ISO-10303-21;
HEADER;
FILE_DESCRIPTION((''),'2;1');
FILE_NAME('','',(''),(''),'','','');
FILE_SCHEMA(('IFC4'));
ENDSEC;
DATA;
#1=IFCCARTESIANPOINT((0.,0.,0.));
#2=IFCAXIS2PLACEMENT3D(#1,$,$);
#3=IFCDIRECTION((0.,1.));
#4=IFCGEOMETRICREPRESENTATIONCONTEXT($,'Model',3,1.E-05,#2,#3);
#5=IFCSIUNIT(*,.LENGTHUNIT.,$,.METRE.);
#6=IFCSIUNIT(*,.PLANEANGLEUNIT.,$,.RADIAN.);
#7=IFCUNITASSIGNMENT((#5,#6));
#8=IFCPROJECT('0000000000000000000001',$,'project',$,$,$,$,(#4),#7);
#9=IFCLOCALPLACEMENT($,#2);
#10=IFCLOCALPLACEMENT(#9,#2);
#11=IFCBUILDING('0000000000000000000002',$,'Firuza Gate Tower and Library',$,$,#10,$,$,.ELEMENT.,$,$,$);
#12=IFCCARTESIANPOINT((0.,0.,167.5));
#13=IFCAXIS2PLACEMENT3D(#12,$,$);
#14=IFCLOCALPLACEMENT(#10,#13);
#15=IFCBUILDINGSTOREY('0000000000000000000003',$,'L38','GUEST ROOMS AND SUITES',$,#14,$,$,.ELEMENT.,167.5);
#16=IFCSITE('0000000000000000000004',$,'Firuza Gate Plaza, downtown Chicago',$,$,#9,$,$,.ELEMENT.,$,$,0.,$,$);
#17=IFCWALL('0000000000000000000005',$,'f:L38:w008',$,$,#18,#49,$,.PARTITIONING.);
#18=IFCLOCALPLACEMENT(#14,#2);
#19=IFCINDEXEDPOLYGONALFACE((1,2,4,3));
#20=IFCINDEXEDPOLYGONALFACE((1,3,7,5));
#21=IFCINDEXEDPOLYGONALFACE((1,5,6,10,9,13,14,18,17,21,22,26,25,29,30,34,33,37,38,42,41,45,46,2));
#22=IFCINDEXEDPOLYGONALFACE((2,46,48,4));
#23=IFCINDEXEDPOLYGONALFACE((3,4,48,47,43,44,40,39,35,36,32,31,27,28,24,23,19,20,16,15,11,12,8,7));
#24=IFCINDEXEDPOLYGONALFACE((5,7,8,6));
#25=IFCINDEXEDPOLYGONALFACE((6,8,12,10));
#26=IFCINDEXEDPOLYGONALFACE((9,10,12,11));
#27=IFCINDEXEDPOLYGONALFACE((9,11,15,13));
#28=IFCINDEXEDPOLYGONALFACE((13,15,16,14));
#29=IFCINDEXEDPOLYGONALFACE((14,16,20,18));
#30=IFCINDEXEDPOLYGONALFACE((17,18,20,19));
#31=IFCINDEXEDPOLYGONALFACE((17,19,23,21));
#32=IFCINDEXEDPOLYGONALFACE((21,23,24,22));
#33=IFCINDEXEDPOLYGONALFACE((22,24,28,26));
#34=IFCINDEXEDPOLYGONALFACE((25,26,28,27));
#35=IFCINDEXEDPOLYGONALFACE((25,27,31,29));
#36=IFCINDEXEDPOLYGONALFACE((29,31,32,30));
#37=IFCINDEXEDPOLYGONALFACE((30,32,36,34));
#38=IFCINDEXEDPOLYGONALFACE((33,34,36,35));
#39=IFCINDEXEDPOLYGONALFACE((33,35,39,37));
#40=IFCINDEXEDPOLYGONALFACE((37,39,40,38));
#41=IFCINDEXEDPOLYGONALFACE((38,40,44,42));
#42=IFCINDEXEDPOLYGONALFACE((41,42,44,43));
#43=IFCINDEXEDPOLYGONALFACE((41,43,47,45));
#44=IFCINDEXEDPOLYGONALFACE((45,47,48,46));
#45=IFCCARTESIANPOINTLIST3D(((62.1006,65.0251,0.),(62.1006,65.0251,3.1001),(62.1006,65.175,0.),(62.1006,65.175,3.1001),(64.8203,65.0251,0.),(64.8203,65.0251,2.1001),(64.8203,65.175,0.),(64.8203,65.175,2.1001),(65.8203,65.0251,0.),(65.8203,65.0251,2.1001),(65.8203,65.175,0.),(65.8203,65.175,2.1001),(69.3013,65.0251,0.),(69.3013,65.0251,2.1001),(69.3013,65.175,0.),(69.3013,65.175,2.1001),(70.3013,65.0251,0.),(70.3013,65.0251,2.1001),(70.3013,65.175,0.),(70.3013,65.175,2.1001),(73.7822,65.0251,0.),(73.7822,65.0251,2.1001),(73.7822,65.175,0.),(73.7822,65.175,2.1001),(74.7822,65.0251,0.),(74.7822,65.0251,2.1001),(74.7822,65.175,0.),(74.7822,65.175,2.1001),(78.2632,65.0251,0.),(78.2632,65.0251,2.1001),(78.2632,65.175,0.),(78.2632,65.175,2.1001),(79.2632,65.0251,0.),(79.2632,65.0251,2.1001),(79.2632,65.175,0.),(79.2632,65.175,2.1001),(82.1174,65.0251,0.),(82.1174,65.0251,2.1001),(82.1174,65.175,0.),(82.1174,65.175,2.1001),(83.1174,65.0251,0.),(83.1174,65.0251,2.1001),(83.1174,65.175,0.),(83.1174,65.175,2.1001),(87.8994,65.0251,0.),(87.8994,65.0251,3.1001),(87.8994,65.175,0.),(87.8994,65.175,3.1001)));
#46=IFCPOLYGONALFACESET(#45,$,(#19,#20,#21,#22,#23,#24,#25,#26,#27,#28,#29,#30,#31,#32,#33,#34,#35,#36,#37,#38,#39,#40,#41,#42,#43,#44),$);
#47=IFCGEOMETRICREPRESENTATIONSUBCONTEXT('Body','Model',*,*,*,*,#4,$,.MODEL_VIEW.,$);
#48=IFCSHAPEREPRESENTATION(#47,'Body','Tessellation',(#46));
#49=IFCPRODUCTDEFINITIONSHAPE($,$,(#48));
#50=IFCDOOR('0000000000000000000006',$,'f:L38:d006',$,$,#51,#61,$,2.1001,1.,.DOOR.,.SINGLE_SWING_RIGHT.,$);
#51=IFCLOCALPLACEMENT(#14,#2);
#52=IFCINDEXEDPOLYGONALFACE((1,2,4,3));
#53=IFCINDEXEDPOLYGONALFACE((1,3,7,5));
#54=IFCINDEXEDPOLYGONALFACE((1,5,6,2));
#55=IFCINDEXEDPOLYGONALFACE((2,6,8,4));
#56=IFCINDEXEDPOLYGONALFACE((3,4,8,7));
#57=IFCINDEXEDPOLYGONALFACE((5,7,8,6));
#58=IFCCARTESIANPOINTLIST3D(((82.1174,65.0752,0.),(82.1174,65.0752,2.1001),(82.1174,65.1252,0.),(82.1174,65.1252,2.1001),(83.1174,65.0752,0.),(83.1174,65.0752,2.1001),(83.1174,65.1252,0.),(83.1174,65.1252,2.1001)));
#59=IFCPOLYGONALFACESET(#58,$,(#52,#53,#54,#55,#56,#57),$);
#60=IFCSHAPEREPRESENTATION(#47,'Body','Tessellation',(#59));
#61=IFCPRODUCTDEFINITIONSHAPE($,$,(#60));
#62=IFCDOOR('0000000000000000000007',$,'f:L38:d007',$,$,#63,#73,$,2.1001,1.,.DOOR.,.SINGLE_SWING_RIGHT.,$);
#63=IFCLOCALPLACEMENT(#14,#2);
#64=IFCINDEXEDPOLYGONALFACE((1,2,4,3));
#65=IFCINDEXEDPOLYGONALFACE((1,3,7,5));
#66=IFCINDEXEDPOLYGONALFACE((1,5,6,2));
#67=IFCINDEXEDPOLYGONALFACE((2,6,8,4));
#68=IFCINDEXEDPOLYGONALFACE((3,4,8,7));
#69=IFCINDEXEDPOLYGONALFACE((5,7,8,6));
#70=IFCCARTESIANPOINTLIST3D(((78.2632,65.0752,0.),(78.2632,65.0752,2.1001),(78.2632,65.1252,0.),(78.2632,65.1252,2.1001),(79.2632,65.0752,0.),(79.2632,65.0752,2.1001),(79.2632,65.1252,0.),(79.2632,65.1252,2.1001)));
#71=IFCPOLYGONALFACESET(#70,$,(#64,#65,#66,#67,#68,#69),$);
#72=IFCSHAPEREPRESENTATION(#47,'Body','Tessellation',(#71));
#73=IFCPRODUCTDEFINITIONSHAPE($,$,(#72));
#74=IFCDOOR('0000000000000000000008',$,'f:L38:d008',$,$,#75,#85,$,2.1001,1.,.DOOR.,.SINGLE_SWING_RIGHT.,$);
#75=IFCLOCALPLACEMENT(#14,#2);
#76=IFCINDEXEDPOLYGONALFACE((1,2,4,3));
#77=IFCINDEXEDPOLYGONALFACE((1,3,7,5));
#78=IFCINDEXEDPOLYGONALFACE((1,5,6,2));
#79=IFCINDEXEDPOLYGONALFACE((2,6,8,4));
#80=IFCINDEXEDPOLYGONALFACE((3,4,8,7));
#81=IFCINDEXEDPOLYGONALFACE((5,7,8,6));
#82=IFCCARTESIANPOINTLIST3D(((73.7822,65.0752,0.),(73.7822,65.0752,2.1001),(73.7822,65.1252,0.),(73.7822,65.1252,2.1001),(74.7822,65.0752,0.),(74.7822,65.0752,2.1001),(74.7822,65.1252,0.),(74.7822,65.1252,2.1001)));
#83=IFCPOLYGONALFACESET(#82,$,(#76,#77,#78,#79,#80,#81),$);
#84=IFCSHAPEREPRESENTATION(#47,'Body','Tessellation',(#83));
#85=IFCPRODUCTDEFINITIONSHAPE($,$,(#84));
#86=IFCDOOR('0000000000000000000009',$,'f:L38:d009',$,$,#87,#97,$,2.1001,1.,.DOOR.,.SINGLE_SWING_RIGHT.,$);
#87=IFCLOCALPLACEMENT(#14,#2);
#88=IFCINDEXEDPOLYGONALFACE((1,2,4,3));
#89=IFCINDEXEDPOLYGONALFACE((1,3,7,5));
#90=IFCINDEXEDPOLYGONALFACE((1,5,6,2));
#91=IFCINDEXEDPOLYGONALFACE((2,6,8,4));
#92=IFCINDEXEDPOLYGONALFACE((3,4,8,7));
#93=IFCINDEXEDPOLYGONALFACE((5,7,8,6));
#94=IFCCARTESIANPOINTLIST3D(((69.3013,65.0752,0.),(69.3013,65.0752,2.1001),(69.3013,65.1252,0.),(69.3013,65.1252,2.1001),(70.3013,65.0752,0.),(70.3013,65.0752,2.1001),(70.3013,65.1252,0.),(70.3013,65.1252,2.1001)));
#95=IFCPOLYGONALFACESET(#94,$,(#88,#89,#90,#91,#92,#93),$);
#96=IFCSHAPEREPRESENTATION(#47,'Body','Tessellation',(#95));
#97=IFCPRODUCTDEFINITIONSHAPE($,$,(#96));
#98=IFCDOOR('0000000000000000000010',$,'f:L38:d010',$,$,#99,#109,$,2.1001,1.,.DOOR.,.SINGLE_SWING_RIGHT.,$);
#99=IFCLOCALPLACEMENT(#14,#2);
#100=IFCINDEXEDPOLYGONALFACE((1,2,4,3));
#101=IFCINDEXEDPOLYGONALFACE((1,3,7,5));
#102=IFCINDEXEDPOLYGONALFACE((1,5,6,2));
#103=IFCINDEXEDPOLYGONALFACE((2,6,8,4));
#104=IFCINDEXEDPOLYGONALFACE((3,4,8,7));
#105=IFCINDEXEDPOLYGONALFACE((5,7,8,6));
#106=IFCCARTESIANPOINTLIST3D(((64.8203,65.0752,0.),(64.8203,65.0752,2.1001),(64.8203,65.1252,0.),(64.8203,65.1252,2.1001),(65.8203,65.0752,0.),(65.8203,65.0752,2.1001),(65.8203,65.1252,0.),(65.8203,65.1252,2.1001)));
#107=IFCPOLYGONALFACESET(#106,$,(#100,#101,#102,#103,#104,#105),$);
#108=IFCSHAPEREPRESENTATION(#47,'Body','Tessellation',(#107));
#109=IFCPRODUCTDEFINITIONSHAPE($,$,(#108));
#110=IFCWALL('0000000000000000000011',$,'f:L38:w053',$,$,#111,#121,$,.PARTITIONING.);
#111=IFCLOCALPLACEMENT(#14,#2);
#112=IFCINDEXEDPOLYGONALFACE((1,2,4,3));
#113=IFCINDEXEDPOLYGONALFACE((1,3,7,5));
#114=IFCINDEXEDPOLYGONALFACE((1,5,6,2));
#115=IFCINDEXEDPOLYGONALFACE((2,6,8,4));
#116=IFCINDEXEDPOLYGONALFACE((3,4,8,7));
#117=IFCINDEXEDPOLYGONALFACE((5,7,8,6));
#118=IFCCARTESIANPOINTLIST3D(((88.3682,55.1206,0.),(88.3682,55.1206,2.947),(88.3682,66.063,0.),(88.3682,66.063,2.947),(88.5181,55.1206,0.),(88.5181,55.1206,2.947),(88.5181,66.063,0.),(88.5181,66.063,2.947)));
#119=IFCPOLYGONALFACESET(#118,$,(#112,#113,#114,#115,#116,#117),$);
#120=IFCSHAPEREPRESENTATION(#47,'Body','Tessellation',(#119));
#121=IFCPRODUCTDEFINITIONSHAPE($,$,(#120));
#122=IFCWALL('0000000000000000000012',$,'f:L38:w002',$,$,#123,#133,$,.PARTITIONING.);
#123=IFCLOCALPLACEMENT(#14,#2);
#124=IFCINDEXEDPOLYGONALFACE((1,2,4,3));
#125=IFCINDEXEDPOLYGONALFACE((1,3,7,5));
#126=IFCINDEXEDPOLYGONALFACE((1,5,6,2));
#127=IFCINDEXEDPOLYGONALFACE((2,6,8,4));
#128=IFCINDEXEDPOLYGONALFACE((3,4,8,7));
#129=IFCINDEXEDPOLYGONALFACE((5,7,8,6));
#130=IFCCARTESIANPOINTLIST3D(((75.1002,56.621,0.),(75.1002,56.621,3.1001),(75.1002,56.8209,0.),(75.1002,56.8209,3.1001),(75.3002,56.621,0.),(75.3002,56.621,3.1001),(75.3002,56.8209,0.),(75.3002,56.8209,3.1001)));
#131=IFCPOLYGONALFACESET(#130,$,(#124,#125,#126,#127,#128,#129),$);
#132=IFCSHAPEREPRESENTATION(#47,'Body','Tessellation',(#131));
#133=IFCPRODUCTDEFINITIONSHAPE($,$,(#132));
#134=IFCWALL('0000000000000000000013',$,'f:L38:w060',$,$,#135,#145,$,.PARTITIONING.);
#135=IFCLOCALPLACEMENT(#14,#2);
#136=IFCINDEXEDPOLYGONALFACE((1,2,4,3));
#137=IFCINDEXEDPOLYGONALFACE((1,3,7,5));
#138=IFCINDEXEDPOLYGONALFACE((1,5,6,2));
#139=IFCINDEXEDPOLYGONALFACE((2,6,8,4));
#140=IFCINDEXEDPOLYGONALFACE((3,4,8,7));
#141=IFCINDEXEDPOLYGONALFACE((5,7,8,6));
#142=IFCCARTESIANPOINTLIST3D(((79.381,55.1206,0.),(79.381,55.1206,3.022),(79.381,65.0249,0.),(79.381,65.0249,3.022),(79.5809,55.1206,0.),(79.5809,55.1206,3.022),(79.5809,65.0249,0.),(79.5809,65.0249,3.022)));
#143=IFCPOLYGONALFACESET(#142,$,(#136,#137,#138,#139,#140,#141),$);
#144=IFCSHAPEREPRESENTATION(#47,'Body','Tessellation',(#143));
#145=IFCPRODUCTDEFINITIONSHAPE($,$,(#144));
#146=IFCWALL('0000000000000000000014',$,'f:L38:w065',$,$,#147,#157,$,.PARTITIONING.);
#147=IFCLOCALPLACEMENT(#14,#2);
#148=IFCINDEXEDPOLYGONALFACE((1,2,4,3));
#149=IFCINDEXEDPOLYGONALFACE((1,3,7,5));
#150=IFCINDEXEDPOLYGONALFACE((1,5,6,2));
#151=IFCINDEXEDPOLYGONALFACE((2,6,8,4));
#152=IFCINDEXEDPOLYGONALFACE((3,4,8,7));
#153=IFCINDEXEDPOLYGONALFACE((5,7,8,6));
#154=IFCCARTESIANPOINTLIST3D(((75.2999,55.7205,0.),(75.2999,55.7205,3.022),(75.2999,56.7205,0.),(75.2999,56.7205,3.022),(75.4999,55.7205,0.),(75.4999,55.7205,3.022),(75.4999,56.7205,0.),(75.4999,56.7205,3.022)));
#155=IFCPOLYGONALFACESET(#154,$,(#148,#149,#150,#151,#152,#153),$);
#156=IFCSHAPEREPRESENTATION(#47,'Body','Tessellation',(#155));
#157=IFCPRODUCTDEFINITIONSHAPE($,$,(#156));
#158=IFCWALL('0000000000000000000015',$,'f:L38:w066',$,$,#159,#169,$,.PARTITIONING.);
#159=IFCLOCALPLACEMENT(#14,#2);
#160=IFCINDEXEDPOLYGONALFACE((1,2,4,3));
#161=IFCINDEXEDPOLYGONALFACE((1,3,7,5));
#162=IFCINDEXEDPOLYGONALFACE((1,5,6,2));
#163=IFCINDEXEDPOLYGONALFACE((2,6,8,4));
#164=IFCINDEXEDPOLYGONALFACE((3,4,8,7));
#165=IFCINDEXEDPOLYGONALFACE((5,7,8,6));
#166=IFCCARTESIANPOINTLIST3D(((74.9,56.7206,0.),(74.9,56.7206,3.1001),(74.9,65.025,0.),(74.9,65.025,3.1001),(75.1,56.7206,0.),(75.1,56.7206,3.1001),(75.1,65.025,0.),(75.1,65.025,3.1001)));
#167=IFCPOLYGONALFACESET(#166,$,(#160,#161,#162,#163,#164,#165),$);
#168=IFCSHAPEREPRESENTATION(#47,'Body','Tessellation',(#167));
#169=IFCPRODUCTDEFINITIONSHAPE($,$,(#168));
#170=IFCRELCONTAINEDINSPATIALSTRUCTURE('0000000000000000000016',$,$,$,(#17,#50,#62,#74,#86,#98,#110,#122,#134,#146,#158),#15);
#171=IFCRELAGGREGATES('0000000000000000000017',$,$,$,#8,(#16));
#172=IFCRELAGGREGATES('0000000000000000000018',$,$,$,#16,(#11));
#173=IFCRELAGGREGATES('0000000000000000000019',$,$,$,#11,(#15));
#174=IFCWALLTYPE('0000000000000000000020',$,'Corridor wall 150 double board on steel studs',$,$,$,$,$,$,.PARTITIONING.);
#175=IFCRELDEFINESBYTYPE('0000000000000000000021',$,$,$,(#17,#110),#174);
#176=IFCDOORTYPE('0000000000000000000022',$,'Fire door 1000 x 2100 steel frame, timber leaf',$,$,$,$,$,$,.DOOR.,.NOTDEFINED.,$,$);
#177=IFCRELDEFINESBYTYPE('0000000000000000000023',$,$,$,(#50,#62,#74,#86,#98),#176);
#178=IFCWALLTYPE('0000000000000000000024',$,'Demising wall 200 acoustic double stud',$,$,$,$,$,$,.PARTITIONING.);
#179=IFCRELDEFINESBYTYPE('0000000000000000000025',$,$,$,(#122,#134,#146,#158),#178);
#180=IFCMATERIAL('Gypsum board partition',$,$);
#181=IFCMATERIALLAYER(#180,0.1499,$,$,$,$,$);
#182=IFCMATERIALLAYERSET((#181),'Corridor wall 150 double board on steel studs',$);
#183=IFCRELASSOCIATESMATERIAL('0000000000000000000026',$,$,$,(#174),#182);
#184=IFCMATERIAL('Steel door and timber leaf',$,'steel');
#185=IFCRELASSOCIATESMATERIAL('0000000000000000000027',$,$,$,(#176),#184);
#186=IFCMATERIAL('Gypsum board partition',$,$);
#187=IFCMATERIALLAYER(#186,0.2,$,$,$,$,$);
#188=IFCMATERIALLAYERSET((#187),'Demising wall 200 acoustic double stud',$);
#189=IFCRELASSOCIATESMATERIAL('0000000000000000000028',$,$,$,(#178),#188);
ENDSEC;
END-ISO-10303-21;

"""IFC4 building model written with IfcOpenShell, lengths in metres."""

from ifc_helpers import new_model, si_unit, direction, frame, frame_2d, origin, place, context, subcontext, project, spatial, rectangle, extrude, material, layer, layer_set, type_object, element, fill, save


model = new_model("IFC4")

# Units and contexts
model_context = context("Model", 3, precision=1e-05, world=origin(), true_north=direction((0.0, 1.0)))
body_context = subcontext(model_context, "Body", "Model", "MODEL_VIEW")
ifc_project = project(units=[si_unit("LENGTHUNIT", "METRE"), si_unit("PLANEANGLEUNIT", "RADIAN")], contexts=[model_context])

# Site, building, storey
site_placement = place(None, origin())
site = spatial("IfcSite", under=ifc_project, at=site_placement, Name="Firuza Gate Plaza, downtown Chicago", CompositionType="ELEMENT", RefElevation=0.0)
building_placement = place(site_placement, origin())
building = spatial("IfcBuilding", under=site, at=building_placement, Name="Firuza Gate Tower and Library", CompositionType="ELEMENT")
storey_placement = place(building_placement, frame((0.0, 0.0, 167.5)))
storey = spatial("IfcBuildingStorey", under=building, at=storey_placement, Name="L38", Description="GUEST ROOMS AND SUITES", CompositionType="ELEMENT", Elevation=167.5)

# Wall, openings, doors
ifc_material_1 = material(Name="Gypsum board partition")
ifc_layer_1 = layer(ifc_material_1, 0.1499)
ifc_layer_set_1 = layer_set([ifc_layer_1], Name="Corridor wall 150 double board on steel studs")
wall_type_1 = type_object("IfcWallType", Name="Corridor wall 150 double board on steel studs", PredefinedType="PARTITIONING", material=ifc_layer_set_1)
wall_1_placement = place(storey_placement, frame((87.8994, 65.1001, 0.0), z_axis=(0.0, 0.0, 1.0), x_axis=(-1.0, 0.0, 0.0)))
wall_1 = element("IfcWall", 1, at=wall_1_placement, inside=storey, type_object=wall_type_1, Name="f:L38:w008", PredefinedType="PARTITIONING", context=body_context, shape_type="SweptSolid", body=[
    extrude(rectangle(XDim=25.7988, YDim=0.1499, at=frame_2d((12.8994, 0.0))), origin(), (0.0, 0.0, 1.0), 3.1001),
])
opening_1_placement = place(wall_1_placement, frame((4.782, 0.0, 0.0)))
opening_1 = element("IfcOpeningElement", 2, at=opening_1_placement, cuts=wall_1, PredefinedType="OPENING", context=body_context, shape_type="SweptSolid", body=[
    extrude(rectangle(XDim=1.0, YDim=2.1001, at=frame_2d((0.5, 1.05))), frame((0.0, 0.085, 0.0), z_axis=(0.0, -1.0, 0.0), x_axis=(1.0, 0.0, 0.0)), (0.0, 0.0, 1.0), 0.1699),
])
opening_2_placement = place(wall_1_placement, frame((8.6362, 0.0, 0.0)))
opening_2 = element("IfcOpeningElement", 3, at=opening_2_placement, cuts=wall_1, PredefinedType="OPENING", context=body_context, shape_type="SweptSolid", body=[
    extrude(rectangle(XDim=1.0, YDim=2.1001, at=frame_2d((0.5, 1.05))), frame((0.0, 0.085, 0.0), z_axis=(0.0, -1.0, 0.0), x_axis=(1.0, 0.0, 0.0)), (0.0, 0.0, 1.0), 0.1699),
])
opening_3_placement = place(wall_1_placement, frame((13.1172, 0.0, 0.0)))
opening_3 = element("IfcOpeningElement", 4, at=opening_3_placement, cuts=wall_1, PredefinedType="OPENING", context=body_context, shape_type="SweptSolid", body=[
    extrude(rectangle(XDim=1.0, YDim=2.1001, at=frame_2d((0.5, 1.05))), frame((0.0, 0.085, 0.0), z_axis=(0.0, -1.0, 0.0), x_axis=(1.0, 0.0, 0.0)), (0.0, 0.0, 1.0), 0.1699),
])
opening_4_placement = place(wall_1_placement, frame((17.5981, 0.0, 0.0)))
opening_4 = element("IfcOpeningElement", 5, at=opening_4_placement, cuts=wall_1, PredefinedType="OPENING", context=body_context, shape_type="SweptSolid", body=[
    extrude(rectangle(XDim=1.0, YDim=2.1001, at=frame_2d((0.5, 1.05))), frame((0.0, 0.085, 0.0), z_axis=(0.0, -1.0, 0.0), x_axis=(1.0, 0.0, 0.0)), (0.0, 0.0, 1.0), 0.1699),
])
opening_5_placement = place(wall_1_placement, frame((22.0791, 0.0, 0.0)))
opening_5 = element("IfcOpeningElement", 6, at=opening_5_placement, cuts=wall_1, PredefinedType="OPENING", context=body_context, shape_type="SweptSolid", body=[
    extrude(rectangle(XDim=1.0, YDim=2.1001, at=frame_2d((0.5, 1.05))), frame((0.0, 0.085, 0.0), z_axis=(0.0, -1.0, 0.0), x_axis=(1.0, 0.0, 0.0)), (0.0, 0.0, 1.0), 0.1699),
])
ifc_material_2 = material(Name="Steel door and timber leaf", Category="steel")
door_type_1 = type_object("IfcDoorType", Name="Fire door 1000 x 2100 steel frame, timber leaf", OperationType="NOTDEFINED", PredefinedType="DOOR", material=ifc_material_2)
door_1_placement = place(opening_1_placement, origin())
door_1 = element("IfcDoor", 7, at=door_1_placement, inside=storey, type_object=door_type_1, Name="f:L38:d006", OperationType="SINGLE_SWING_RIGHT", OverallHeight=2.1001, OverallWidth=1.0, PredefinedType="DOOR", context=body_context, shape_type="SweptSolid", body=[
    extrude(rectangle(XDim=1.0, YDim=2.1001, at=frame_2d((0.5, 1.05))), frame((0.0, 0.0249, 0.0), z_axis=(0.0, -1.0, 0.0), x_axis=(1.0, 0.0, 0.0)), (0.0, 0.0, 1.0), 0.05),
])
fill(opening_1, door_1)
door_2_placement = place(opening_2_placement, origin())
door_2 = element("IfcDoor", 8, at=door_2_placement, inside=storey, type_object=door_type_1, Name="f:L38:d007", OperationType="SINGLE_SWING_RIGHT", OverallHeight=2.1001, OverallWidth=1.0, PredefinedType="DOOR", context=body_context, shape_type="SweptSolid", body=[
    extrude(rectangle(XDim=1.0, YDim=2.1001, at=frame_2d((0.5, 1.05))), frame((0.0, 0.0249, 0.0), z_axis=(0.0, -1.0, 0.0), x_axis=(1.0, 0.0, 0.0)), (0.0, 0.0, 1.0), 0.05),
])
fill(opening_2, door_2)
door_3_placement = place(opening_3_placement, origin())
door_3 = element("IfcDoor", 9, at=door_3_placement, inside=storey, type_object=door_type_1, Name="f:L38:d008", OperationType="SINGLE_SWING_RIGHT", OverallHeight=2.1001, OverallWidth=1.0, PredefinedType="DOOR", context=body_context, shape_type="SweptSolid", body=[
    extrude(rectangle(XDim=1.0, YDim=2.1001, at=frame_2d((0.5, 1.05))), frame((0.0, 0.0249, 0.0), z_axis=(0.0, -1.0, 0.0), x_axis=(1.0, 0.0, 0.0)), (0.0, 0.0, 1.0), 0.05),
])
fill(opening_3, door_3)
door_4_placement = place(opening_4_placement, origin())
door_4 = element("IfcDoor", 10, at=door_4_placement, inside=storey, type_object=door_type_1, Name="f:L38:d009", OperationType="SINGLE_SWING_RIGHT", OverallHeight=2.1001, OverallWidth=1.0, PredefinedType="DOOR", context=body_context, shape_type="SweptSolid", body=[
    extrude(rectangle(XDim=1.0, YDim=2.1001, at=frame_2d((0.5, 1.05))), frame((0.0, 0.0249, 0.0), z_axis=(0.0, -1.0, 0.0), x_axis=(1.0, 0.0, 0.0)), (0.0, 0.0, 1.0), 0.05),
])
fill(opening_4, door_4)
door_5_placement = place(opening_5_placement, origin())
door_5 = element("IfcDoor", 11, at=door_5_placement, inside=storey, type_object=door_type_1, Name="f:L38:d010", OperationType="SINGLE_SWING_RIGHT", OverallHeight=2.1001, OverallWidth=1.0, PredefinedType="DOOR", context=body_context, shape_type="SweptSolid", body=[
    extrude(rectangle(XDim=1.0, YDim=2.1001, at=frame_2d((0.5, 1.05))), frame((0.0, 0.0249, 0.0), z_axis=(0.0, -1.0, 0.0), x_axis=(1.0, 0.0, 0.0)), (0.0, 0.0, 1.0), 0.05),
])
fill(opening_5, door_5)

# Walls
wall_2_placement = place(storey_placement, frame((88.4431, 55.1206, 0.0), z_axis=(0.0, 0.0, 1.0), x_axis=(0.0, 1.0, 0.0)))
element("IfcWall", 12, at=wall_2_placement, inside=storey, type_object=wall_type_1, Name="f:L38:w053", PredefinedType="PARTITIONING", context=body_context, shape_type="SweptSolid", body=[
    extrude(rectangle(XDim=10.9424, YDim=0.1499, at=frame_2d((5.4712, 0.0))), origin(), (0.0, 0.0, 1.0), 2.947),
])
ifc_material_3 = material(Name="Gypsum board partition")
ifc_layer_2 = layer(ifc_material_3, 0.2)
ifc_layer_set_2 = layer_set([ifc_layer_2], Name="Demising wall 200 acoustic double stud")
wall_type_2 = type_object("IfcWallType", Name="Demising wall 200 acoustic double stud", PredefinedType="PARTITIONING", material=ifc_layer_set_2)
wall_3_placement = place(storey_placement, frame((75.1001, 56.7209, 0.0), z_axis=(0.0, 0.0, 1.0), x_axis=(1.0, 0.0, 0.0)))
element("IfcWall", 13, at=wall_3_placement, inside=storey, type_object=wall_type_2, Name="f:L38:w002", PredefinedType="PARTITIONING", context=body_context, shape_type="SweptSolid", body=[
    extrude(rectangle(XDim=0.2, YDim=0.2, at=frame_2d((0.1001, 0.0))), origin(), (0.0, 0.0, 1.0), 3.1001),
])
wall_4_placement = place(storey_placement, frame((79.481, 55.1206, 0.0), z_axis=(0.0, 0.0, 1.0), x_axis=(0.0, 1.0, 0.0)))
element("IfcWall", 14, at=wall_4_placement, inside=storey, type_object=wall_type_2, Name="f:L38:w060", PredefinedType="PARTITIONING", context=body_context, shape_type="SweptSolid", body=[
    extrude(rectangle(XDim=9.9043, YDim=0.2, at=frame_2d((4.9521, 0.0))), origin(), (0.0, 0.0, 1.0), 3.022),
])
wall_5_placement = place(storey_placement, frame((75.3999, 55.7205, 0.0), z_axis=(0.0, 0.0, 1.0), x_axis=(0.0, 1.0, 0.0)))
element("IfcWall", 15, at=wall_5_placement, inside=storey, type_object=wall_type_2, Name="f:L38:w065", PredefinedType="PARTITIONING", context=body_context, shape_type="SweptSolid", body=[
    extrude(rectangle(XDim=1.0, YDim=0.2, at=frame_2d((0.5, 0.0))), origin(), (0.0, 0.0, 1.0), 3.022),
])
wall_6_placement = place(storey_placement, frame((75.0, 56.7205, 0.0), z_axis=(0.0, 0.0, 1.0), x_axis=(0.0, 1.0, 0.0)))
element("IfcWall", 16, at=wall_6_placement, inside=storey, type_object=wall_type_2, Name="f:L38:w066", PredefinedType="PARTITIONING", context=body_context, shape_type="SweptSolid", body=[
    extrude(rectangle(XDim=8.3044, YDim=0.2, at=frame_2d((4.1523, 0.0))), origin(), (0.0, 0.0, 1.0), 3.1001),
])

save(model, "model.ifc")
